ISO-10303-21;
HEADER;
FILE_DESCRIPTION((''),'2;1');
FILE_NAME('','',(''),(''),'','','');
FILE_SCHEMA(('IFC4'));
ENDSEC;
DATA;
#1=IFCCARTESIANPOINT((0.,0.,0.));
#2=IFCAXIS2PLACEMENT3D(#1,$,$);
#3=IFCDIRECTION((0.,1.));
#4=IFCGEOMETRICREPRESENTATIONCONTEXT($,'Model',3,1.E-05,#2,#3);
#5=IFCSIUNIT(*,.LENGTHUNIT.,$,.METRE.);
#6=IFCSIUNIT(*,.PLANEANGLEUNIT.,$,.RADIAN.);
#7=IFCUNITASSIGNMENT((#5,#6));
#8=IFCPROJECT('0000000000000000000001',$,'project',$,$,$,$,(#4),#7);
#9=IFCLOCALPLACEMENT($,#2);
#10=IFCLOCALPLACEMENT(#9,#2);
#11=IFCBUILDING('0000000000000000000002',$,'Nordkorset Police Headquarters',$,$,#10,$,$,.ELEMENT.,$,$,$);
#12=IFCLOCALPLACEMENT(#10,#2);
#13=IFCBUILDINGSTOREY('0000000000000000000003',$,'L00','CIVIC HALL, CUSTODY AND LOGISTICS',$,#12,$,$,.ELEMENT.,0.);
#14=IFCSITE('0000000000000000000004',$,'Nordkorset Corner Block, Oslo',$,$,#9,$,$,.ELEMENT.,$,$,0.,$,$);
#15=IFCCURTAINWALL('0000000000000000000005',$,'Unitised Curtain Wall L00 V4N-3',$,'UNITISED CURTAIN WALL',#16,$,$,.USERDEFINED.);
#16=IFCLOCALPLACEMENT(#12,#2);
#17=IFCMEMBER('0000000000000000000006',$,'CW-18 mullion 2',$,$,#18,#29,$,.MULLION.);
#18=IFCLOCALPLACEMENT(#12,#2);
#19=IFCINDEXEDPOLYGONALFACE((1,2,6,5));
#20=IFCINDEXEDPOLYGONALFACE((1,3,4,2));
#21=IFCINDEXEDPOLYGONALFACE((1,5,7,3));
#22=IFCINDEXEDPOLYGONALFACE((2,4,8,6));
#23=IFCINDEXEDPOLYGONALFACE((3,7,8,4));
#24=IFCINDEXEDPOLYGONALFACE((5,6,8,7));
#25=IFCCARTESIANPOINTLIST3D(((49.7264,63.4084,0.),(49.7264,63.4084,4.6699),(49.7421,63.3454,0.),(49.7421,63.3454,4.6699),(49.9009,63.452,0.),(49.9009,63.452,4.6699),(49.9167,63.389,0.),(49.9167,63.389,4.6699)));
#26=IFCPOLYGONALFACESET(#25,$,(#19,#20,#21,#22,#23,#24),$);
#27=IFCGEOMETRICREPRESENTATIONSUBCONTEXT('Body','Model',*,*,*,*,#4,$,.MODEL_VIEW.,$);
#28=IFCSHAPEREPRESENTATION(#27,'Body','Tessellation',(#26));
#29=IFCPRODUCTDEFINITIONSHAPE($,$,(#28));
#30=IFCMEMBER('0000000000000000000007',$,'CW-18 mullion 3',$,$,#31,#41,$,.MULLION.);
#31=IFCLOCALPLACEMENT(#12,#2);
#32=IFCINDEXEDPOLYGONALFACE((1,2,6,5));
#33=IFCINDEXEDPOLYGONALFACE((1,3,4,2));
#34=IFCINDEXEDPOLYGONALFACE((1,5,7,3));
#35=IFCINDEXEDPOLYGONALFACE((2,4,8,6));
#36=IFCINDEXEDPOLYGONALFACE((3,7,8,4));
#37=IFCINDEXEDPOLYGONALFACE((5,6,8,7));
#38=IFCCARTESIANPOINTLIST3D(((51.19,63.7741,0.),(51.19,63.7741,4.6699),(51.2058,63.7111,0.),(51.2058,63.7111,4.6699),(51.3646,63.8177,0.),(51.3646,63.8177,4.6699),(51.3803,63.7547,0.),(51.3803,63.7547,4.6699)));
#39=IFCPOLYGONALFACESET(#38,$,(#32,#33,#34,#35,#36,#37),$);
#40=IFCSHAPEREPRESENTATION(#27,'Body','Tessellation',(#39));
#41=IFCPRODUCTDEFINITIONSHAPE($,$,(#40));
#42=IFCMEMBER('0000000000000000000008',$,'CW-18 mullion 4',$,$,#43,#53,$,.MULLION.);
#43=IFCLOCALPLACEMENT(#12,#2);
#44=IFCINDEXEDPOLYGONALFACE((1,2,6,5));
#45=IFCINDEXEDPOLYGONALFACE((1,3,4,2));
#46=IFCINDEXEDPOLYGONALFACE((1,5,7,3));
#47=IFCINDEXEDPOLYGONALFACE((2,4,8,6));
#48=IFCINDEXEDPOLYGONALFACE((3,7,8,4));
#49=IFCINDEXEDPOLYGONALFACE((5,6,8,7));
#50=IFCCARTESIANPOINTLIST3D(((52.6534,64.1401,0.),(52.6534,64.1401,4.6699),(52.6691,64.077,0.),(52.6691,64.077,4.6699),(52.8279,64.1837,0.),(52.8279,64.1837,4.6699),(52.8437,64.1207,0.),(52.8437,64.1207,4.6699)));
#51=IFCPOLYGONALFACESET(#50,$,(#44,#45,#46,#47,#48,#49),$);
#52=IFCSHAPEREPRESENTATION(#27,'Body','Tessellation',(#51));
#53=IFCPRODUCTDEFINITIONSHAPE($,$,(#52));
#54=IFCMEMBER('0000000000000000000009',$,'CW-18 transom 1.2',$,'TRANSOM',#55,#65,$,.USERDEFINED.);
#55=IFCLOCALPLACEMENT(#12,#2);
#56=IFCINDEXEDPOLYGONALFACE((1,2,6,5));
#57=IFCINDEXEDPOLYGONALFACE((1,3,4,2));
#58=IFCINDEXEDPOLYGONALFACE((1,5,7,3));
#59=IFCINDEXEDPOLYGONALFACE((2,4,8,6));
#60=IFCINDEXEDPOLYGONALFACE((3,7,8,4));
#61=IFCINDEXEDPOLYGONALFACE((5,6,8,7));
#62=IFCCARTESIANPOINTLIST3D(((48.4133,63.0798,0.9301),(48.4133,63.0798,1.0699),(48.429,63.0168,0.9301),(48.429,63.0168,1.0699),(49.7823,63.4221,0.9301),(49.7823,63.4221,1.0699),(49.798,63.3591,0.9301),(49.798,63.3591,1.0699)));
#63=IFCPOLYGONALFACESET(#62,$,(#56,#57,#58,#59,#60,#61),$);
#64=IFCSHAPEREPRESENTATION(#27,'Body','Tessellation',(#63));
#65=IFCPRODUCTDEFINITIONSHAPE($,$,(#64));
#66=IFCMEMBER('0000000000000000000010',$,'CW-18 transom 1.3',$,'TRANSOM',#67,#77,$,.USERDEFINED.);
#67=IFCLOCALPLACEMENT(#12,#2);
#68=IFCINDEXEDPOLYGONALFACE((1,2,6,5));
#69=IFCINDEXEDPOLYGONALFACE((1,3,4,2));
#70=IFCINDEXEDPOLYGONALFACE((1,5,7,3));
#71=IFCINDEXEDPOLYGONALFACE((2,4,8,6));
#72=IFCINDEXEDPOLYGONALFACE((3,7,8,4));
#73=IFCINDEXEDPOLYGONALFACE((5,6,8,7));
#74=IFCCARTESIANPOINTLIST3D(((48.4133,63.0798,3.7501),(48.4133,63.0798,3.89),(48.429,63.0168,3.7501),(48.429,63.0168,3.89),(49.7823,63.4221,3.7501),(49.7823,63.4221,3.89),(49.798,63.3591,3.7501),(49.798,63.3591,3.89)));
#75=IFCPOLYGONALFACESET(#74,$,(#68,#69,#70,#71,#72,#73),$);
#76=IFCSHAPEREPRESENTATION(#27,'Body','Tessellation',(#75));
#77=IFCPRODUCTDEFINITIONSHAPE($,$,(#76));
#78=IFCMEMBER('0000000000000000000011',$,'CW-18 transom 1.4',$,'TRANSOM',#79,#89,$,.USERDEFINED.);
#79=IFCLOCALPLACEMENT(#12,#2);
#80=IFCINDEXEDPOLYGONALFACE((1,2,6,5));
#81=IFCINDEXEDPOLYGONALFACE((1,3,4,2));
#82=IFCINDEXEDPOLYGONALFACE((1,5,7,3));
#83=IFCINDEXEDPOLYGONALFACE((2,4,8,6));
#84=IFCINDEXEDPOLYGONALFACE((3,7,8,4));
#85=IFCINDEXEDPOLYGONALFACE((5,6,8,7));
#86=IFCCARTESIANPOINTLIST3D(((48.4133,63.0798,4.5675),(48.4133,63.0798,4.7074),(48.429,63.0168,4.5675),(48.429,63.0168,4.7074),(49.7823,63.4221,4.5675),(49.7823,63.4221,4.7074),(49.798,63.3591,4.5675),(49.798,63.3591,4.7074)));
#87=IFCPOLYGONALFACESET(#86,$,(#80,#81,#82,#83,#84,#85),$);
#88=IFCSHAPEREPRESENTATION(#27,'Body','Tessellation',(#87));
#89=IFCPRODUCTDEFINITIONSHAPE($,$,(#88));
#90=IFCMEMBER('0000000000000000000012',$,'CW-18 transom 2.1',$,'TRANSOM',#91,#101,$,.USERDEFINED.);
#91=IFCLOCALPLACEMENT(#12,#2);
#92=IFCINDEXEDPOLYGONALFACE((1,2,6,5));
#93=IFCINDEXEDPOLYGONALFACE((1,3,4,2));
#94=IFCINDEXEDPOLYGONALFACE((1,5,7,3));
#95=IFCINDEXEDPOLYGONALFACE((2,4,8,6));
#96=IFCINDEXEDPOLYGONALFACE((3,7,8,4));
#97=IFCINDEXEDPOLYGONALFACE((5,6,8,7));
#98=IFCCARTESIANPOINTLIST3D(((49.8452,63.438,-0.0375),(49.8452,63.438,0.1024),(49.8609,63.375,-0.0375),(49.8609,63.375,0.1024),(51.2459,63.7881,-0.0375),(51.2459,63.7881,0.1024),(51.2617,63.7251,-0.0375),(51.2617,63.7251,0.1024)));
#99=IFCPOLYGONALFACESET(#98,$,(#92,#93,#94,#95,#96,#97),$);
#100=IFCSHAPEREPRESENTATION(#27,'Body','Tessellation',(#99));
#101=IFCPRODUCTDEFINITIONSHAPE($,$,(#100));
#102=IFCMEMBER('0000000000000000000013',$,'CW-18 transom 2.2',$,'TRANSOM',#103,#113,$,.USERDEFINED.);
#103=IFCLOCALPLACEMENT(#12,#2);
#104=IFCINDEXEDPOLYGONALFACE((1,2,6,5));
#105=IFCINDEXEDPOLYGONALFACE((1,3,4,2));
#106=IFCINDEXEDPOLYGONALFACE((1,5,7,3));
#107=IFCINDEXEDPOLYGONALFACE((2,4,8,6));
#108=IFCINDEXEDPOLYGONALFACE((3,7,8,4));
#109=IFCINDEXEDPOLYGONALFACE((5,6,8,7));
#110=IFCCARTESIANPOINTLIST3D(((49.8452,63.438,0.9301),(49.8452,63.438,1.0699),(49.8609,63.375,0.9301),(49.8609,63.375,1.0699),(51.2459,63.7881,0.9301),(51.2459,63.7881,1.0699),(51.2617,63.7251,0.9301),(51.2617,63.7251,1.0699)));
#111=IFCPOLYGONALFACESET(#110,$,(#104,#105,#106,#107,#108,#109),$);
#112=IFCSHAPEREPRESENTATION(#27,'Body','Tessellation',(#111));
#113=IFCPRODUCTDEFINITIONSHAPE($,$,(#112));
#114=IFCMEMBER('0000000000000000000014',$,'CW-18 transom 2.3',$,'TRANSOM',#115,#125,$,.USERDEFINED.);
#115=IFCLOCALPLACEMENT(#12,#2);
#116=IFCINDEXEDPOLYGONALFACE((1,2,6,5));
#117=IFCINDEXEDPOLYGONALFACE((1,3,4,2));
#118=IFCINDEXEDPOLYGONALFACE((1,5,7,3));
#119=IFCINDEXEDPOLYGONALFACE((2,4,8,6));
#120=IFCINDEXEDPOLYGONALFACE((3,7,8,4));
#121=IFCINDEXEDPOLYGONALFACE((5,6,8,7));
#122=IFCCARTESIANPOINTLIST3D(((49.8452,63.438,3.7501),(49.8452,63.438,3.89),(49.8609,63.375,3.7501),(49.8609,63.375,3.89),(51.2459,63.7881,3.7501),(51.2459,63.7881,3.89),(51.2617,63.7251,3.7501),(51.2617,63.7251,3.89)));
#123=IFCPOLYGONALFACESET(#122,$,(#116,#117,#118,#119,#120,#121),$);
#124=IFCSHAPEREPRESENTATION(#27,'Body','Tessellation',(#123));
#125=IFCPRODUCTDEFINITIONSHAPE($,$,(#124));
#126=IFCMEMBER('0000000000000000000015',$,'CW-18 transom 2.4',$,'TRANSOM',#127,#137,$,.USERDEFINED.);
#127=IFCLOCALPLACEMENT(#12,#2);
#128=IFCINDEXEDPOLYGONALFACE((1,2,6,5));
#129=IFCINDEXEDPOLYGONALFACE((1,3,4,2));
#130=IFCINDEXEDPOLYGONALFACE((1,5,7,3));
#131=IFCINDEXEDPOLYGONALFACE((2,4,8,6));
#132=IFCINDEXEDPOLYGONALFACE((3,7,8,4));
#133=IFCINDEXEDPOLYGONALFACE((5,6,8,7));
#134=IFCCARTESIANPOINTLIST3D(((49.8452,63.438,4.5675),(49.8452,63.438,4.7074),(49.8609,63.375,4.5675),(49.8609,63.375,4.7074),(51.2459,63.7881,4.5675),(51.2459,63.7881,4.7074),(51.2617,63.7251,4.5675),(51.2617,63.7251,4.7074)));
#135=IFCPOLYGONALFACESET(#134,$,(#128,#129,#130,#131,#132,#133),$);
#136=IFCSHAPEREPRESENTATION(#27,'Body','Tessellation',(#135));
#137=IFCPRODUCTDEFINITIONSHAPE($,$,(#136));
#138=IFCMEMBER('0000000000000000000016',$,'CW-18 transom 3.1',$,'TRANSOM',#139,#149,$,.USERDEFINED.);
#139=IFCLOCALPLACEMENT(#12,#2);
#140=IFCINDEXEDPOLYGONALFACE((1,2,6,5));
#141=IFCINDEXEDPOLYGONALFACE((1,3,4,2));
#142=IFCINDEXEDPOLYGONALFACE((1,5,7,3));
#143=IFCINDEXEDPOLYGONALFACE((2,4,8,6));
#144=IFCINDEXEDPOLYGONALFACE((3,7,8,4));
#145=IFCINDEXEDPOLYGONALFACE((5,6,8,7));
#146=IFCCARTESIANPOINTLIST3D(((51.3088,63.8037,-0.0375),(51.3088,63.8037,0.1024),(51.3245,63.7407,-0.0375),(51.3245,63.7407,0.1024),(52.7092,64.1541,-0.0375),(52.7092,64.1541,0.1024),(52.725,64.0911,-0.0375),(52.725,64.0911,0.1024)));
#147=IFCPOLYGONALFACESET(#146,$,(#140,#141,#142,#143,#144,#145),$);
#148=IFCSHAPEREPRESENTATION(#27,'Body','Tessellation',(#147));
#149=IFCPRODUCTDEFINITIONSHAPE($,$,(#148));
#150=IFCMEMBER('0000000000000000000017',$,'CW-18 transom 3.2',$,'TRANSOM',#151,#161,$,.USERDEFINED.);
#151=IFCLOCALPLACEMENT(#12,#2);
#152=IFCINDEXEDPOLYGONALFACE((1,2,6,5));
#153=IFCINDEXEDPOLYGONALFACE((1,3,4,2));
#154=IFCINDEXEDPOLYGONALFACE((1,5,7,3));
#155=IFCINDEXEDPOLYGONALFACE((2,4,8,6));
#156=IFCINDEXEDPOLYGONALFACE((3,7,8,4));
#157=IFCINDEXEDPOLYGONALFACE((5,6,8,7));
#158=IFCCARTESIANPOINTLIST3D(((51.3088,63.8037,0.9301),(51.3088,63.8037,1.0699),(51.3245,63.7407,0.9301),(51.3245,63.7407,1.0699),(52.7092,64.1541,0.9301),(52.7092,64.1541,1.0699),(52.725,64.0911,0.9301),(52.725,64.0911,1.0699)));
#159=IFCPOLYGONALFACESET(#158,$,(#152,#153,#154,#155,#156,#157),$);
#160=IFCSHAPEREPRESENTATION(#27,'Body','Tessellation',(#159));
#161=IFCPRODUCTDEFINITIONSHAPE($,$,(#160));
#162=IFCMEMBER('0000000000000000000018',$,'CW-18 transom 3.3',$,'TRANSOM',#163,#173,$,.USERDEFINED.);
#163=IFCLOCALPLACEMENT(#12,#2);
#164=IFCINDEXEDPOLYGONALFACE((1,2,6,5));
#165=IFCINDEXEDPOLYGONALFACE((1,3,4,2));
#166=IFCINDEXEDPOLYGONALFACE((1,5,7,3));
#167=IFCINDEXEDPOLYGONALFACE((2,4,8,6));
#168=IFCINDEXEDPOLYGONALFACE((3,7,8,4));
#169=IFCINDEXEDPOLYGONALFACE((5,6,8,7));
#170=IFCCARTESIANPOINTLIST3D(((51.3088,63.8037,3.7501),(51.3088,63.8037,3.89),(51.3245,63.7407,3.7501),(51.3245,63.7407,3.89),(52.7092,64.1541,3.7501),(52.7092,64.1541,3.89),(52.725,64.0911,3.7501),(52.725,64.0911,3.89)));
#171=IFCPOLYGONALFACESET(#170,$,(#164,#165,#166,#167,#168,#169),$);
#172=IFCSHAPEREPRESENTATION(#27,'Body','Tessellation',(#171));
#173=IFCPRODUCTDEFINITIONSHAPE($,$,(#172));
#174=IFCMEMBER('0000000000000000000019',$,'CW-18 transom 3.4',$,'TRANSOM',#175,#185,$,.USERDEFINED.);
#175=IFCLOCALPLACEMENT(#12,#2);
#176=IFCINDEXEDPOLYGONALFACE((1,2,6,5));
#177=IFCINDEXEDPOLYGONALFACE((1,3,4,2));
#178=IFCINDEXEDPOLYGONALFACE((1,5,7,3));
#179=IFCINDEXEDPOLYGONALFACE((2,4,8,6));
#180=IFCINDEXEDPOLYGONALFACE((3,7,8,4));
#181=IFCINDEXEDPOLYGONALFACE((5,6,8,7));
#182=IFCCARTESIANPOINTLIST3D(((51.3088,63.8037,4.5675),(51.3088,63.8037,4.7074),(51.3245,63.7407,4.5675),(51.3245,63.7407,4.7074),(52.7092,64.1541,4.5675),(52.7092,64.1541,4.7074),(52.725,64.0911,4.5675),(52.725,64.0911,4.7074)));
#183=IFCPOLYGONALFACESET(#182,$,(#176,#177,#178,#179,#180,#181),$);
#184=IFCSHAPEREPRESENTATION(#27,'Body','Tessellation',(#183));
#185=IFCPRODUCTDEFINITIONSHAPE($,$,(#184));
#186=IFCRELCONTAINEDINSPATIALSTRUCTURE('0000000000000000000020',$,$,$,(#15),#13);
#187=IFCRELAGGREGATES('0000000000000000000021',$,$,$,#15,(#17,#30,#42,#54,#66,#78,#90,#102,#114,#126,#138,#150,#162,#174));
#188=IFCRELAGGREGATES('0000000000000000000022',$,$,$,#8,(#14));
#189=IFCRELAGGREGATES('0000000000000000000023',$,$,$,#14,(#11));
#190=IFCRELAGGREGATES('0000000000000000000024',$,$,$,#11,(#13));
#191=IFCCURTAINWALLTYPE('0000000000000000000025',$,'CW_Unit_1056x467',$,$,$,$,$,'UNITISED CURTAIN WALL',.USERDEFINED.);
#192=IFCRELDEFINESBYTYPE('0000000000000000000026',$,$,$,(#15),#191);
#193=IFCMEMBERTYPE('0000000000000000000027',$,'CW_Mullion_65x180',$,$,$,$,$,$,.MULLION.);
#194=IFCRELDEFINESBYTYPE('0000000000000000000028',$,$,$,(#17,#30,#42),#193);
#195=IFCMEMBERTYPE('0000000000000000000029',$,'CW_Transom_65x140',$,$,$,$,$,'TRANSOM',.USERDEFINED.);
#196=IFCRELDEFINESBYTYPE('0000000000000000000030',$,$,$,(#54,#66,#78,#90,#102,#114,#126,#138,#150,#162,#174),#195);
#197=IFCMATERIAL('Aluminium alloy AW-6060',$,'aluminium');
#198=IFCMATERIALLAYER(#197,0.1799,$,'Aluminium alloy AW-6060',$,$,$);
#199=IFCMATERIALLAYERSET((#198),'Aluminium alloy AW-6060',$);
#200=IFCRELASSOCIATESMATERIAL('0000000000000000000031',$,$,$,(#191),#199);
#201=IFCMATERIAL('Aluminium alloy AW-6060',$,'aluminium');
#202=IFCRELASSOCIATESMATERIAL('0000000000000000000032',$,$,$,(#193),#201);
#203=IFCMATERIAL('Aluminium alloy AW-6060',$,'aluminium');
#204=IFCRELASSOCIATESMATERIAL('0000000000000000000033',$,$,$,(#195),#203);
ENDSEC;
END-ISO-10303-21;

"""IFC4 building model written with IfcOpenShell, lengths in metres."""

from ifc_helpers import new_model, si_unit, direction, frame, origin, origin_2d, place, context, subcontext, project, spatial, rectangle, extrude, material, layer, layer_set, material_profile, profile_set, type_object, element, aggregate, save


model = new_model("IFC4")

# Units and contexts
model_context = context("Model", 3, precision=1e-05, world=origin(), true_north=direction((0.0, 1.0)))
body_context = subcontext(model_context, "Body", "Model", "MODEL_VIEW")
ifc_project = project(units=[si_unit("LENGTHUNIT", "METRE"), si_unit("PLANEANGLEUNIT", "RADIAN")], contexts=[model_context])

# Site, building, storey
site_placement = place(None, origin())
site = spatial("IfcSite", under=ifc_project, at=site_placement, Name="Nordkorset Corner Block, Oslo", CompositionType="ELEMENT", RefElevation=0.0)
building_placement = place(site_placement, origin())
building = spatial("IfcBuilding", under=site, at=building_placement, Name="Nordkorset Police Headquarters", CompositionType="ELEMENT")
storey_placement = place(building_placement, origin())
storey = spatial("IfcBuildingStorey", under=building, at=storey_placement, Name="L00", Description="CIVIC HALL, CUSTODY AND LOGISTICS", CompositionType="ELEMENT", Elevation=0.0)

# Curtain wall, members
ifc_material_1 = material(Name="Aluminium alloy AW-6060", Category="aluminium")
ifc_layer_1 = layer(ifc_material_1, 0.1799, Name="Aluminium alloy AW-6060")
ifc_layer_set_1 = layer_set([ifc_layer_1], Name="Aluminium alloy AW-6060")
curtain_wall_type = type_object("IfcCurtainWallType", Name="CW_Unit_1056x467", ElementType="UNITISED CURTAIN WALL", PredefinedType="USERDEFINED", material=ifc_layer_set_1)
curtain_wall_placement = place(storey_placement, origin())
curtain_wall = element("IfcCurtainWall", 1, at=curtain_wall_placement, inside=storey, type_object=curtain_wall_type, Name="Unitised Curtain Wall L00 V4N-3", ObjectType="UNITISED CURTAIN WALL", PredefinedType="USERDEFINED")
ifc_material_2 = material(Name="Aluminium alloy AW-6060", Category="aluminium")
ifc_material_profile_1 = material_profile(ifc_material_2, rectangle(XDim=0.0649, YDim=0.1799, at=origin_2d()), Name="ALU MULL 65x180")
ifc_profile_set_1 = profile_set([ifc_material_profile_1], Name="Aluminium alloy AW-6060")
member_type_1 = type_object("IfcMemberType", Name="CW_Mullion_65x180", PredefinedType="MULLION", material=ifc_profile_set_1)
member_1_placement = place(storey_placement, frame((49.8215, 63.3987, 0.0), z_axis=(0.0, 0.0, 1.0), x_axis=(-0.242536, 0.970142, 0.0)))
member_1 = element("IfcMember", 2, at=member_1_placement, type_object=member_type_1, Name="CW-18 mullion 2", PredefinedType="MULLION", context=body_context, shape_type="SweptSolid", body=[
    extrude(rectangle(XDim=0.0649, YDim=0.1799, at=origin_2d()), origin(), (0.0, 0.0, 1.0), 4.6699),
])
member_2_placement = place(storey_placement, frame((51.2852, 63.7644, 0.0), z_axis=(0.0, 0.0, 1.0), x_axis=(-0.242536, 0.970142, 0.0)))
member_2 = element("IfcMember", 3, at=member_2_placement, type_object=member_type_1, Name="CW-18 mullion 3", PredefinedType="MULLION", context=body_context, shape_type="SweptSolid", body=[
    extrude(rectangle(XDim=0.0649, YDim=0.1799, at=origin_2d()), origin(), (0.0, 0.0, 1.0), 4.6699),
])
member_3_placement = place(storey_placement, frame((52.7485, 64.1304, 0.0), z_axis=(0.0, 0.0, 1.0), x_axis=(-0.242536, 0.970142, 0.0)))
member_3 = element("IfcMember", 4, at=member_3_placement, type_object=member_type_1, Name="CW-18 mullion 4", PredefinedType="MULLION", context=body_context, shape_type="SweptSolid", body=[
    extrude(rectangle(XDim=0.0649, YDim=0.1799, at=origin_2d()), origin(), (0.0, 0.0, 1.0), 4.6699),
])
ifc_material_3 = material(Name="Aluminium alloy AW-6060", Category="aluminium")
ifc_material_profile_2 = material_profile(ifc_material_3, rectangle(XDim=0.0649, YDim=0.1399, at=origin_2d()), Name="ALU TRAN 65x140")
ifc_profile_set_2 = profile_set([ifc_material_profile_2], Name="Aluminium alloy AW-6060")
member_type_2 = type_object("IfcMemberType", Name="CW_Transom_65x140", ElementType="TRANSOM", PredefinedType="USERDEFINED", material=ifc_profile_set_2)
member_4_placement = place(storey_placement, frame((48.4211, 63.0483, 1.0), z_axis=(0.970132, 0.242576, 0.0), x_axis=(-0.242576, 0.970132, 0.0)))
member_4 = element("IfcMember", 5, at=member_4_placement, type_object=member_type_2, Name="CW-18 transom 1.2", ObjectType="TRANSOM", PredefinedType="USERDEFINED", context=body_context, shape_type="SweptSolid", body=[
    extrude(rectangle(XDim=0.0649, YDim=0.1399, at=origin_2d()), origin(), (0.0, 0.0, 1.0), 1.4111),
])
member_5_placement = place(storey_placement, frame((48.4211, 63.0483, 3.8201), z_axis=(0.970132, 0.242576, 0.0), x_axis=(-0.242576, 0.970132, 0.0)))
member_5 = element("IfcMember", 6, at=member_5_placement, type_object=member_type_2, Name="CW-18 transom 1.3", ObjectType="TRANSOM", PredefinedType="USERDEFINED", context=body_context, shape_type="SweptSolid", body=[
    extrude(rectangle(XDim=0.0649, YDim=0.1399, at=origin_2d()), origin(), (0.0, 0.0, 1.0), 1.4111),
])
member_6_placement = place(storey_placement, frame((48.4211, 63.0483, 4.6375), z_axis=(0.970132, 0.242576, 0.0), x_axis=(-0.242576, 0.970132, 0.0)))
member_6 = element("IfcMember", 7, at=member_6_placement, type_object=member_type_2, Name="CW-18 transom 1.4", ObjectType="TRANSOM", PredefinedType="USERDEFINED", context=body_context, shape_type="SweptSolid", body=[
    extrude(rectangle(XDim=0.0649, YDim=0.1399, at=origin_2d()), origin(), (0.0, 0.0, 1.0), 1.4111),
])
member_7_placement = place(storey_placement, frame((49.853, 63.4065, 0.0325), z_axis=(0.970152, 0.242496, 0.0), x_axis=(-0.242496, 0.970152, 0.0)))
member_7 = element("IfcMember", 8, at=member_7_placement, type_object=member_type_2, Name="CW-18 transom 2.1", ObjectType="TRANSOM", PredefinedType="USERDEFINED", context=body_context, shape_type="SweptSolid", body=[
    extrude(rectangle(XDim=0.0649, YDim=0.1399, at=origin_2d()), origin(), (0.0, 0.0, 1.0), 1.4438),
])
member_8_placement = place(storey_placement, frame((49.853, 63.4065, 1.0), z_axis=(0.970152, 0.242496, 0.0), x_axis=(-0.242496, 0.970152, 0.0)))
member_8 = element("IfcMember", 9, at=member_8_placement, type_object=member_type_2, Name="CW-18 transom 2.2", ObjectType="TRANSOM", PredefinedType="USERDEFINED", context=body_context, shape_type="SweptSolid", body=[
    extrude(rectangle(XDim=0.0649, YDim=0.1399, at=origin_2d()), origin(), (0.0, 0.0, 1.0), 1.4438),
])
member_9_placement = place(storey_placement, frame((49.853, 63.4065, 3.8201), z_axis=(0.970152, 0.242496, 0.0), x_axis=(-0.242496, 0.970152, 0.0)))
member_9 = element("IfcMember", 10, at=member_9_placement, type_object=member_type_2, Name="CW-18 transom 2.3", ObjectType="TRANSOM", PredefinedType="USERDEFINED", context=body_context, shape_type="SweptSolid", body=[
    extrude(rectangle(XDim=0.0649, YDim=0.1399, at=origin_2d()), origin(), (0.0, 0.0, 1.0), 1.4438),
])
member_10_placement = place(storey_placement, frame((49.853, 63.4065, 4.6375), z_axis=(0.970152, 0.242496, 0.0), x_axis=(-0.242496, 0.970152, 0.0)))
member_10 = element("IfcMember", 11, at=member_10_placement, type_object=member_type_2, Name="CW-18 transom 2.4", ObjectType="TRANSOM", PredefinedType="USERDEFINED", context=body_context, shape_type="SweptSolid", body=[
    extrude(rectangle(XDim=0.0649, YDim=0.1399, at=origin_2d()), origin(), (0.0, 0.0, 1.0), 1.4438),
])
member_11_placement = place(storey_placement, frame((51.3167, 63.7722, 0.0325), z_axis=(0.970103, 0.242695, 0.0), x_axis=(-0.242695, 0.970103, 0.0)))
member_11 = element("IfcMember", 12, at=member_11_placement, type_object=member_type_2, Name="CW-18 transom 3.1", ObjectType="TRANSOM", PredefinedType="USERDEFINED", context=body_context, shape_type="SweptSolid", body=[
    extrude(rectangle(XDim=0.0649, YDim=0.1399, at=origin_2d()), origin(), (0.0, 0.0, 1.0), 1.4436),
])
member_12_placement = place(storey_placement, frame((51.3167, 63.7722, 1.0), z_axis=(0.970103, 0.242695, 0.0), x_axis=(-0.242695, 0.970103, 0.0)))
member_12 = element("IfcMember", 13, at=member_12_placement, type_object=member_type_2, Name="CW-18 transom 3.2", ObjectType="TRANSOM", PredefinedType="USERDEFINED", context=body_context, shape_type="SweptSolid", body=[
    extrude(rectangle(XDim=0.0649, YDim=0.1399, at=origin_2d()), origin(), (0.0, 0.0, 1.0), 1.4436),
])
member_13_placement = place(storey_placement, frame((51.3167, 63.7722, 3.8201), z_axis=(0.970103, 0.242695, 0.0), x_axis=(-0.242695, 0.970103, 0.0)))
member_13 = element("IfcMember", 14, at=member_13_placement, type_object=member_type_2, Name="CW-18 transom 3.3", ObjectType="TRANSOM", PredefinedType="USERDEFINED", context=body_context, shape_type="SweptSolid", body=[
    extrude(rectangle(XDim=0.0649, YDim=0.1399, at=origin_2d()), origin(), (0.0, 0.0, 1.0), 1.4436),
])
member_14_placement = place(storey_placement, frame((51.3167, 63.7722, 4.6375), z_axis=(0.970103, 0.242695, 0.0), x_axis=(-0.242695, 0.970103, 0.0)))
member_14 = element("IfcMember", 15, at=member_14_placement, type_object=member_type_2, Name="CW-18 transom 3.4", ObjectType="TRANSOM", PredefinedType="USERDEFINED", context=body_context, shape_type="SweptSolid", body=[
    extrude(rectangle(XDim=0.0649, YDim=0.1399, at=origin_2d()), origin(), (0.0, 0.0, 1.0), 1.4436),
])
aggregate(curtain_wall, [member_1, member_2, member_3, member_4, member_5, member_6, member_7, member_8, member_9, member_10, member_11, member_12, member_13, member_14])

save(model, "model.ifc")
